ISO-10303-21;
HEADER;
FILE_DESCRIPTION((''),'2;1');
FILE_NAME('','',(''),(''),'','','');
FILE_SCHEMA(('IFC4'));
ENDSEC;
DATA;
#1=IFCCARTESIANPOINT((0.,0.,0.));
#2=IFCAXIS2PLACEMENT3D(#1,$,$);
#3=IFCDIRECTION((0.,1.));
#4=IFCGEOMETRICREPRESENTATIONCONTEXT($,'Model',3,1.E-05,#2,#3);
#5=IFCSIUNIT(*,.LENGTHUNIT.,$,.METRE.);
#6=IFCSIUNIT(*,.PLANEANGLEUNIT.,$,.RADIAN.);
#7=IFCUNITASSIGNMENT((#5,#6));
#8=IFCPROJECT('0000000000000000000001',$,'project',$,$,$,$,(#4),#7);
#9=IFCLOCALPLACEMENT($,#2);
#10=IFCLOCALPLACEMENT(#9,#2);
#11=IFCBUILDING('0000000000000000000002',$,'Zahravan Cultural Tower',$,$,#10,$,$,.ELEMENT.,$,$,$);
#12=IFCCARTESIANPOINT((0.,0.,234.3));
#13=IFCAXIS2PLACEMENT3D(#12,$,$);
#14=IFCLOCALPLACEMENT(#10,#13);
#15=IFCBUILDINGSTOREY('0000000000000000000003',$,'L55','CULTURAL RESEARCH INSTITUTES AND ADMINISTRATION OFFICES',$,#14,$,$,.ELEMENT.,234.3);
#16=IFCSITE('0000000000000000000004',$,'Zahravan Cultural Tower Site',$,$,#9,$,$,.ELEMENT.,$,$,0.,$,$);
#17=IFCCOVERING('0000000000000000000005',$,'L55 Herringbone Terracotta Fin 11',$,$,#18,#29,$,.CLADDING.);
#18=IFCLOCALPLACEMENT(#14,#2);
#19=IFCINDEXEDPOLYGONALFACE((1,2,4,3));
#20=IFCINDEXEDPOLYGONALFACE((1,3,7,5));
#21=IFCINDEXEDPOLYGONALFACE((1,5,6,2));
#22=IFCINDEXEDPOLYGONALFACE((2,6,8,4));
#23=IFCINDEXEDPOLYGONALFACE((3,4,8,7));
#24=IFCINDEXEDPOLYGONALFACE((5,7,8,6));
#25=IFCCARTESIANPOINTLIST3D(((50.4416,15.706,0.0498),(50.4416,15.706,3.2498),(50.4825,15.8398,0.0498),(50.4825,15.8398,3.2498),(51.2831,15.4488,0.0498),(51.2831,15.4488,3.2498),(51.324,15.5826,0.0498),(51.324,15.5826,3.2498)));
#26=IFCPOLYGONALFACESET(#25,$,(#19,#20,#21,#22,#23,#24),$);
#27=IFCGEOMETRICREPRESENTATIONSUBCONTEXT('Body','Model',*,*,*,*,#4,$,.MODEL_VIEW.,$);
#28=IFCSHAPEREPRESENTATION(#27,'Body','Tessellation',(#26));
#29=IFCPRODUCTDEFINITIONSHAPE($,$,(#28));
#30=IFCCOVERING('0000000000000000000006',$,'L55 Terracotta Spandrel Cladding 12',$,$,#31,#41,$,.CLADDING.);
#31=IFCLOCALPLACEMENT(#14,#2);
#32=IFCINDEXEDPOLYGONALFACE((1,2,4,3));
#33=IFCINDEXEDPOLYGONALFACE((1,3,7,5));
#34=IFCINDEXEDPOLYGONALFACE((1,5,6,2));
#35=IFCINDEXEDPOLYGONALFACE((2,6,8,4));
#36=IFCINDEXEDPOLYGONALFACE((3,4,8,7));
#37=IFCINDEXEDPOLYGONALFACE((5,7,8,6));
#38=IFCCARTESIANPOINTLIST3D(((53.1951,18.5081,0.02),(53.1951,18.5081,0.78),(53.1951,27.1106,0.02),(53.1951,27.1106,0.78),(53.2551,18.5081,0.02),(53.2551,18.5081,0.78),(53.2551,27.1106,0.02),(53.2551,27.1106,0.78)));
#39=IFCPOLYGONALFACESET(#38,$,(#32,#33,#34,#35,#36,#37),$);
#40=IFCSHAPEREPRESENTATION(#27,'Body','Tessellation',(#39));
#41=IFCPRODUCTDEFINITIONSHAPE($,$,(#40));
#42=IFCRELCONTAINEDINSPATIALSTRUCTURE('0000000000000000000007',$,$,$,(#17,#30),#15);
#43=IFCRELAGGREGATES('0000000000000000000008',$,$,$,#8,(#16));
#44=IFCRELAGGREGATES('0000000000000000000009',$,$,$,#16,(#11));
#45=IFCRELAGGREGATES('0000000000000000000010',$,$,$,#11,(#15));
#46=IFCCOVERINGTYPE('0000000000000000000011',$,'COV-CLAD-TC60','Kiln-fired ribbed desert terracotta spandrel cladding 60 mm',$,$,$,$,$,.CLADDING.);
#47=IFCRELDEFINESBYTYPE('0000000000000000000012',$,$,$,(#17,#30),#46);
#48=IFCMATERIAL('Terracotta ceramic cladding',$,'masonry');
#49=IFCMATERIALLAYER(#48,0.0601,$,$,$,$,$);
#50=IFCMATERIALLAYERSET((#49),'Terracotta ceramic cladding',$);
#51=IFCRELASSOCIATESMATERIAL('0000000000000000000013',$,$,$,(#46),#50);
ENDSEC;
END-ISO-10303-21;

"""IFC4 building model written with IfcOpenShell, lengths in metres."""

from ifc_helpers import new_model, si_unit, direction, frame, origin, origin_2d, place, context, subcontext, project, spatial, rectangle, extrude, source, transform, mapped, material, layer, layer_set, type_object, element, save


model = new_model("IFC4")

# Units and contexts
model_context = context("Model", 3, precision=1e-05, world=origin(), true_north=direction((0.0, 1.0)))
body_context = subcontext(model_context, "Body", "Model", "MODEL_VIEW")
ifc_project = project(units=[si_unit("LENGTHUNIT", "METRE"), si_unit("PLANEANGLEUNIT", "RADIAN")], contexts=[model_context])

# Site, building, storey
site_placement = place(None, origin())
site = spatial("IfcSite", under=ifc_project, at=site_placement, Name="Zahravan Cultural Tower Site", CompositionType="ELEMENT", RefElevation=0.0)
building_placement = place(site_placement, origin())
building = spatial("IfcBuilding", under=site, at=building_placement, Name="Zahravan Cultural Tower", CompositionType="ELEMENT")
storey_placement = place(building_placement, frame((0.0, 0.0, 234.3)))
storey = spatial("IfcBuildingStorey", under=building, at=storey_placement, Name="L55", Description="CULTURAL RESEARCH INSTITUTES AND ADMINISTRATION OFFICES", CompositionType="ELEMENT", Elevation=234.3)

# Coverings
ifc_material_1 = material(Name="Terracotta ceramic cladding", Category="masonry")
ifc_layer_1 = layer(ifc_material_1, 0.0601)
ifc_layer_set_1 = layer_set([ifc_layer_1], Name="Terracotta ceramic cladding")
covering_type = type_object("IfcCoveringType", Name="COV-CLAD-TC60", Description="Kiln-fired ribbed desert terracotta spandrel cladding 60 mm", PredefinedType="CLADDING", material=ifc_layer_set_1)
shared_shape_1 = source(origin(), body_context, "Body", "SweptSolid", [
    extrude(rectangle(XDim=0.8799, YDim=0.1399, at=origin_2d()), origin(), (0.0, 0.0, 1.0), 3.2),
])
for number, where, z_axis, x_axis, name in (
    (1, (50.8828, 15.6443, 0.0498), (0.0, 0.0, 1.0), (0.956305, -0.292372, 0.0), "L55 Herringbone Terracotta Fin 11"),
):
    element("IfcCovering", number, at=place(storey_placement, frame(where, z_axis=z_axis, x_axis=x_axis)), inside=storey, type_object=covering_type, Name=name, PredefinedType="CLADDING", context=body_context, shape_type="MappedRepresentation", body=[
        mapped(shared_shape_1, transform((0.0, 0.0, 0.0), x_axis=(1.0, 0.0, 0.0), y_axis=(0.0, 1.0, 0.0), z_axis=(0.0, 0.0, 1.0), scale=1.0)),
    ])
shared_shape_2 = source(origin(), body_context, "Body", "SweptSolid", [
    extrude(rectangle(XDim=8.6025, YDim=0.0601, at=origin_2d()), origin(), (0.0, 0.0, 1.0), 0.76),
])
covering_1_placement = place(storey_placement, frame((53.2251, 22.8093, 0.02), z_axis=(0.0, 0.0, 1.0), x_axis=(0.0, -1.0, 0.0)))
element("IfcCovering", 2, at=covering_1_placement, inside=storey, type_object=covering_type, Name="L55 Terracotta Spandrel Cladding 12", PredefinedType="CLADDING", context=body_context, shape_type="MappedRepresentation", body=[
    mapped(shared_shape_2, transform((0.0, 0.0, 0.0), x_axis=(1.0, 0.0, 0.0), y_axis=(0.0, 1.0, 0.0), z_axis=(0.0, 0.0, 1.0), scale=1.0)),
])

save(model, "model.ifc")
